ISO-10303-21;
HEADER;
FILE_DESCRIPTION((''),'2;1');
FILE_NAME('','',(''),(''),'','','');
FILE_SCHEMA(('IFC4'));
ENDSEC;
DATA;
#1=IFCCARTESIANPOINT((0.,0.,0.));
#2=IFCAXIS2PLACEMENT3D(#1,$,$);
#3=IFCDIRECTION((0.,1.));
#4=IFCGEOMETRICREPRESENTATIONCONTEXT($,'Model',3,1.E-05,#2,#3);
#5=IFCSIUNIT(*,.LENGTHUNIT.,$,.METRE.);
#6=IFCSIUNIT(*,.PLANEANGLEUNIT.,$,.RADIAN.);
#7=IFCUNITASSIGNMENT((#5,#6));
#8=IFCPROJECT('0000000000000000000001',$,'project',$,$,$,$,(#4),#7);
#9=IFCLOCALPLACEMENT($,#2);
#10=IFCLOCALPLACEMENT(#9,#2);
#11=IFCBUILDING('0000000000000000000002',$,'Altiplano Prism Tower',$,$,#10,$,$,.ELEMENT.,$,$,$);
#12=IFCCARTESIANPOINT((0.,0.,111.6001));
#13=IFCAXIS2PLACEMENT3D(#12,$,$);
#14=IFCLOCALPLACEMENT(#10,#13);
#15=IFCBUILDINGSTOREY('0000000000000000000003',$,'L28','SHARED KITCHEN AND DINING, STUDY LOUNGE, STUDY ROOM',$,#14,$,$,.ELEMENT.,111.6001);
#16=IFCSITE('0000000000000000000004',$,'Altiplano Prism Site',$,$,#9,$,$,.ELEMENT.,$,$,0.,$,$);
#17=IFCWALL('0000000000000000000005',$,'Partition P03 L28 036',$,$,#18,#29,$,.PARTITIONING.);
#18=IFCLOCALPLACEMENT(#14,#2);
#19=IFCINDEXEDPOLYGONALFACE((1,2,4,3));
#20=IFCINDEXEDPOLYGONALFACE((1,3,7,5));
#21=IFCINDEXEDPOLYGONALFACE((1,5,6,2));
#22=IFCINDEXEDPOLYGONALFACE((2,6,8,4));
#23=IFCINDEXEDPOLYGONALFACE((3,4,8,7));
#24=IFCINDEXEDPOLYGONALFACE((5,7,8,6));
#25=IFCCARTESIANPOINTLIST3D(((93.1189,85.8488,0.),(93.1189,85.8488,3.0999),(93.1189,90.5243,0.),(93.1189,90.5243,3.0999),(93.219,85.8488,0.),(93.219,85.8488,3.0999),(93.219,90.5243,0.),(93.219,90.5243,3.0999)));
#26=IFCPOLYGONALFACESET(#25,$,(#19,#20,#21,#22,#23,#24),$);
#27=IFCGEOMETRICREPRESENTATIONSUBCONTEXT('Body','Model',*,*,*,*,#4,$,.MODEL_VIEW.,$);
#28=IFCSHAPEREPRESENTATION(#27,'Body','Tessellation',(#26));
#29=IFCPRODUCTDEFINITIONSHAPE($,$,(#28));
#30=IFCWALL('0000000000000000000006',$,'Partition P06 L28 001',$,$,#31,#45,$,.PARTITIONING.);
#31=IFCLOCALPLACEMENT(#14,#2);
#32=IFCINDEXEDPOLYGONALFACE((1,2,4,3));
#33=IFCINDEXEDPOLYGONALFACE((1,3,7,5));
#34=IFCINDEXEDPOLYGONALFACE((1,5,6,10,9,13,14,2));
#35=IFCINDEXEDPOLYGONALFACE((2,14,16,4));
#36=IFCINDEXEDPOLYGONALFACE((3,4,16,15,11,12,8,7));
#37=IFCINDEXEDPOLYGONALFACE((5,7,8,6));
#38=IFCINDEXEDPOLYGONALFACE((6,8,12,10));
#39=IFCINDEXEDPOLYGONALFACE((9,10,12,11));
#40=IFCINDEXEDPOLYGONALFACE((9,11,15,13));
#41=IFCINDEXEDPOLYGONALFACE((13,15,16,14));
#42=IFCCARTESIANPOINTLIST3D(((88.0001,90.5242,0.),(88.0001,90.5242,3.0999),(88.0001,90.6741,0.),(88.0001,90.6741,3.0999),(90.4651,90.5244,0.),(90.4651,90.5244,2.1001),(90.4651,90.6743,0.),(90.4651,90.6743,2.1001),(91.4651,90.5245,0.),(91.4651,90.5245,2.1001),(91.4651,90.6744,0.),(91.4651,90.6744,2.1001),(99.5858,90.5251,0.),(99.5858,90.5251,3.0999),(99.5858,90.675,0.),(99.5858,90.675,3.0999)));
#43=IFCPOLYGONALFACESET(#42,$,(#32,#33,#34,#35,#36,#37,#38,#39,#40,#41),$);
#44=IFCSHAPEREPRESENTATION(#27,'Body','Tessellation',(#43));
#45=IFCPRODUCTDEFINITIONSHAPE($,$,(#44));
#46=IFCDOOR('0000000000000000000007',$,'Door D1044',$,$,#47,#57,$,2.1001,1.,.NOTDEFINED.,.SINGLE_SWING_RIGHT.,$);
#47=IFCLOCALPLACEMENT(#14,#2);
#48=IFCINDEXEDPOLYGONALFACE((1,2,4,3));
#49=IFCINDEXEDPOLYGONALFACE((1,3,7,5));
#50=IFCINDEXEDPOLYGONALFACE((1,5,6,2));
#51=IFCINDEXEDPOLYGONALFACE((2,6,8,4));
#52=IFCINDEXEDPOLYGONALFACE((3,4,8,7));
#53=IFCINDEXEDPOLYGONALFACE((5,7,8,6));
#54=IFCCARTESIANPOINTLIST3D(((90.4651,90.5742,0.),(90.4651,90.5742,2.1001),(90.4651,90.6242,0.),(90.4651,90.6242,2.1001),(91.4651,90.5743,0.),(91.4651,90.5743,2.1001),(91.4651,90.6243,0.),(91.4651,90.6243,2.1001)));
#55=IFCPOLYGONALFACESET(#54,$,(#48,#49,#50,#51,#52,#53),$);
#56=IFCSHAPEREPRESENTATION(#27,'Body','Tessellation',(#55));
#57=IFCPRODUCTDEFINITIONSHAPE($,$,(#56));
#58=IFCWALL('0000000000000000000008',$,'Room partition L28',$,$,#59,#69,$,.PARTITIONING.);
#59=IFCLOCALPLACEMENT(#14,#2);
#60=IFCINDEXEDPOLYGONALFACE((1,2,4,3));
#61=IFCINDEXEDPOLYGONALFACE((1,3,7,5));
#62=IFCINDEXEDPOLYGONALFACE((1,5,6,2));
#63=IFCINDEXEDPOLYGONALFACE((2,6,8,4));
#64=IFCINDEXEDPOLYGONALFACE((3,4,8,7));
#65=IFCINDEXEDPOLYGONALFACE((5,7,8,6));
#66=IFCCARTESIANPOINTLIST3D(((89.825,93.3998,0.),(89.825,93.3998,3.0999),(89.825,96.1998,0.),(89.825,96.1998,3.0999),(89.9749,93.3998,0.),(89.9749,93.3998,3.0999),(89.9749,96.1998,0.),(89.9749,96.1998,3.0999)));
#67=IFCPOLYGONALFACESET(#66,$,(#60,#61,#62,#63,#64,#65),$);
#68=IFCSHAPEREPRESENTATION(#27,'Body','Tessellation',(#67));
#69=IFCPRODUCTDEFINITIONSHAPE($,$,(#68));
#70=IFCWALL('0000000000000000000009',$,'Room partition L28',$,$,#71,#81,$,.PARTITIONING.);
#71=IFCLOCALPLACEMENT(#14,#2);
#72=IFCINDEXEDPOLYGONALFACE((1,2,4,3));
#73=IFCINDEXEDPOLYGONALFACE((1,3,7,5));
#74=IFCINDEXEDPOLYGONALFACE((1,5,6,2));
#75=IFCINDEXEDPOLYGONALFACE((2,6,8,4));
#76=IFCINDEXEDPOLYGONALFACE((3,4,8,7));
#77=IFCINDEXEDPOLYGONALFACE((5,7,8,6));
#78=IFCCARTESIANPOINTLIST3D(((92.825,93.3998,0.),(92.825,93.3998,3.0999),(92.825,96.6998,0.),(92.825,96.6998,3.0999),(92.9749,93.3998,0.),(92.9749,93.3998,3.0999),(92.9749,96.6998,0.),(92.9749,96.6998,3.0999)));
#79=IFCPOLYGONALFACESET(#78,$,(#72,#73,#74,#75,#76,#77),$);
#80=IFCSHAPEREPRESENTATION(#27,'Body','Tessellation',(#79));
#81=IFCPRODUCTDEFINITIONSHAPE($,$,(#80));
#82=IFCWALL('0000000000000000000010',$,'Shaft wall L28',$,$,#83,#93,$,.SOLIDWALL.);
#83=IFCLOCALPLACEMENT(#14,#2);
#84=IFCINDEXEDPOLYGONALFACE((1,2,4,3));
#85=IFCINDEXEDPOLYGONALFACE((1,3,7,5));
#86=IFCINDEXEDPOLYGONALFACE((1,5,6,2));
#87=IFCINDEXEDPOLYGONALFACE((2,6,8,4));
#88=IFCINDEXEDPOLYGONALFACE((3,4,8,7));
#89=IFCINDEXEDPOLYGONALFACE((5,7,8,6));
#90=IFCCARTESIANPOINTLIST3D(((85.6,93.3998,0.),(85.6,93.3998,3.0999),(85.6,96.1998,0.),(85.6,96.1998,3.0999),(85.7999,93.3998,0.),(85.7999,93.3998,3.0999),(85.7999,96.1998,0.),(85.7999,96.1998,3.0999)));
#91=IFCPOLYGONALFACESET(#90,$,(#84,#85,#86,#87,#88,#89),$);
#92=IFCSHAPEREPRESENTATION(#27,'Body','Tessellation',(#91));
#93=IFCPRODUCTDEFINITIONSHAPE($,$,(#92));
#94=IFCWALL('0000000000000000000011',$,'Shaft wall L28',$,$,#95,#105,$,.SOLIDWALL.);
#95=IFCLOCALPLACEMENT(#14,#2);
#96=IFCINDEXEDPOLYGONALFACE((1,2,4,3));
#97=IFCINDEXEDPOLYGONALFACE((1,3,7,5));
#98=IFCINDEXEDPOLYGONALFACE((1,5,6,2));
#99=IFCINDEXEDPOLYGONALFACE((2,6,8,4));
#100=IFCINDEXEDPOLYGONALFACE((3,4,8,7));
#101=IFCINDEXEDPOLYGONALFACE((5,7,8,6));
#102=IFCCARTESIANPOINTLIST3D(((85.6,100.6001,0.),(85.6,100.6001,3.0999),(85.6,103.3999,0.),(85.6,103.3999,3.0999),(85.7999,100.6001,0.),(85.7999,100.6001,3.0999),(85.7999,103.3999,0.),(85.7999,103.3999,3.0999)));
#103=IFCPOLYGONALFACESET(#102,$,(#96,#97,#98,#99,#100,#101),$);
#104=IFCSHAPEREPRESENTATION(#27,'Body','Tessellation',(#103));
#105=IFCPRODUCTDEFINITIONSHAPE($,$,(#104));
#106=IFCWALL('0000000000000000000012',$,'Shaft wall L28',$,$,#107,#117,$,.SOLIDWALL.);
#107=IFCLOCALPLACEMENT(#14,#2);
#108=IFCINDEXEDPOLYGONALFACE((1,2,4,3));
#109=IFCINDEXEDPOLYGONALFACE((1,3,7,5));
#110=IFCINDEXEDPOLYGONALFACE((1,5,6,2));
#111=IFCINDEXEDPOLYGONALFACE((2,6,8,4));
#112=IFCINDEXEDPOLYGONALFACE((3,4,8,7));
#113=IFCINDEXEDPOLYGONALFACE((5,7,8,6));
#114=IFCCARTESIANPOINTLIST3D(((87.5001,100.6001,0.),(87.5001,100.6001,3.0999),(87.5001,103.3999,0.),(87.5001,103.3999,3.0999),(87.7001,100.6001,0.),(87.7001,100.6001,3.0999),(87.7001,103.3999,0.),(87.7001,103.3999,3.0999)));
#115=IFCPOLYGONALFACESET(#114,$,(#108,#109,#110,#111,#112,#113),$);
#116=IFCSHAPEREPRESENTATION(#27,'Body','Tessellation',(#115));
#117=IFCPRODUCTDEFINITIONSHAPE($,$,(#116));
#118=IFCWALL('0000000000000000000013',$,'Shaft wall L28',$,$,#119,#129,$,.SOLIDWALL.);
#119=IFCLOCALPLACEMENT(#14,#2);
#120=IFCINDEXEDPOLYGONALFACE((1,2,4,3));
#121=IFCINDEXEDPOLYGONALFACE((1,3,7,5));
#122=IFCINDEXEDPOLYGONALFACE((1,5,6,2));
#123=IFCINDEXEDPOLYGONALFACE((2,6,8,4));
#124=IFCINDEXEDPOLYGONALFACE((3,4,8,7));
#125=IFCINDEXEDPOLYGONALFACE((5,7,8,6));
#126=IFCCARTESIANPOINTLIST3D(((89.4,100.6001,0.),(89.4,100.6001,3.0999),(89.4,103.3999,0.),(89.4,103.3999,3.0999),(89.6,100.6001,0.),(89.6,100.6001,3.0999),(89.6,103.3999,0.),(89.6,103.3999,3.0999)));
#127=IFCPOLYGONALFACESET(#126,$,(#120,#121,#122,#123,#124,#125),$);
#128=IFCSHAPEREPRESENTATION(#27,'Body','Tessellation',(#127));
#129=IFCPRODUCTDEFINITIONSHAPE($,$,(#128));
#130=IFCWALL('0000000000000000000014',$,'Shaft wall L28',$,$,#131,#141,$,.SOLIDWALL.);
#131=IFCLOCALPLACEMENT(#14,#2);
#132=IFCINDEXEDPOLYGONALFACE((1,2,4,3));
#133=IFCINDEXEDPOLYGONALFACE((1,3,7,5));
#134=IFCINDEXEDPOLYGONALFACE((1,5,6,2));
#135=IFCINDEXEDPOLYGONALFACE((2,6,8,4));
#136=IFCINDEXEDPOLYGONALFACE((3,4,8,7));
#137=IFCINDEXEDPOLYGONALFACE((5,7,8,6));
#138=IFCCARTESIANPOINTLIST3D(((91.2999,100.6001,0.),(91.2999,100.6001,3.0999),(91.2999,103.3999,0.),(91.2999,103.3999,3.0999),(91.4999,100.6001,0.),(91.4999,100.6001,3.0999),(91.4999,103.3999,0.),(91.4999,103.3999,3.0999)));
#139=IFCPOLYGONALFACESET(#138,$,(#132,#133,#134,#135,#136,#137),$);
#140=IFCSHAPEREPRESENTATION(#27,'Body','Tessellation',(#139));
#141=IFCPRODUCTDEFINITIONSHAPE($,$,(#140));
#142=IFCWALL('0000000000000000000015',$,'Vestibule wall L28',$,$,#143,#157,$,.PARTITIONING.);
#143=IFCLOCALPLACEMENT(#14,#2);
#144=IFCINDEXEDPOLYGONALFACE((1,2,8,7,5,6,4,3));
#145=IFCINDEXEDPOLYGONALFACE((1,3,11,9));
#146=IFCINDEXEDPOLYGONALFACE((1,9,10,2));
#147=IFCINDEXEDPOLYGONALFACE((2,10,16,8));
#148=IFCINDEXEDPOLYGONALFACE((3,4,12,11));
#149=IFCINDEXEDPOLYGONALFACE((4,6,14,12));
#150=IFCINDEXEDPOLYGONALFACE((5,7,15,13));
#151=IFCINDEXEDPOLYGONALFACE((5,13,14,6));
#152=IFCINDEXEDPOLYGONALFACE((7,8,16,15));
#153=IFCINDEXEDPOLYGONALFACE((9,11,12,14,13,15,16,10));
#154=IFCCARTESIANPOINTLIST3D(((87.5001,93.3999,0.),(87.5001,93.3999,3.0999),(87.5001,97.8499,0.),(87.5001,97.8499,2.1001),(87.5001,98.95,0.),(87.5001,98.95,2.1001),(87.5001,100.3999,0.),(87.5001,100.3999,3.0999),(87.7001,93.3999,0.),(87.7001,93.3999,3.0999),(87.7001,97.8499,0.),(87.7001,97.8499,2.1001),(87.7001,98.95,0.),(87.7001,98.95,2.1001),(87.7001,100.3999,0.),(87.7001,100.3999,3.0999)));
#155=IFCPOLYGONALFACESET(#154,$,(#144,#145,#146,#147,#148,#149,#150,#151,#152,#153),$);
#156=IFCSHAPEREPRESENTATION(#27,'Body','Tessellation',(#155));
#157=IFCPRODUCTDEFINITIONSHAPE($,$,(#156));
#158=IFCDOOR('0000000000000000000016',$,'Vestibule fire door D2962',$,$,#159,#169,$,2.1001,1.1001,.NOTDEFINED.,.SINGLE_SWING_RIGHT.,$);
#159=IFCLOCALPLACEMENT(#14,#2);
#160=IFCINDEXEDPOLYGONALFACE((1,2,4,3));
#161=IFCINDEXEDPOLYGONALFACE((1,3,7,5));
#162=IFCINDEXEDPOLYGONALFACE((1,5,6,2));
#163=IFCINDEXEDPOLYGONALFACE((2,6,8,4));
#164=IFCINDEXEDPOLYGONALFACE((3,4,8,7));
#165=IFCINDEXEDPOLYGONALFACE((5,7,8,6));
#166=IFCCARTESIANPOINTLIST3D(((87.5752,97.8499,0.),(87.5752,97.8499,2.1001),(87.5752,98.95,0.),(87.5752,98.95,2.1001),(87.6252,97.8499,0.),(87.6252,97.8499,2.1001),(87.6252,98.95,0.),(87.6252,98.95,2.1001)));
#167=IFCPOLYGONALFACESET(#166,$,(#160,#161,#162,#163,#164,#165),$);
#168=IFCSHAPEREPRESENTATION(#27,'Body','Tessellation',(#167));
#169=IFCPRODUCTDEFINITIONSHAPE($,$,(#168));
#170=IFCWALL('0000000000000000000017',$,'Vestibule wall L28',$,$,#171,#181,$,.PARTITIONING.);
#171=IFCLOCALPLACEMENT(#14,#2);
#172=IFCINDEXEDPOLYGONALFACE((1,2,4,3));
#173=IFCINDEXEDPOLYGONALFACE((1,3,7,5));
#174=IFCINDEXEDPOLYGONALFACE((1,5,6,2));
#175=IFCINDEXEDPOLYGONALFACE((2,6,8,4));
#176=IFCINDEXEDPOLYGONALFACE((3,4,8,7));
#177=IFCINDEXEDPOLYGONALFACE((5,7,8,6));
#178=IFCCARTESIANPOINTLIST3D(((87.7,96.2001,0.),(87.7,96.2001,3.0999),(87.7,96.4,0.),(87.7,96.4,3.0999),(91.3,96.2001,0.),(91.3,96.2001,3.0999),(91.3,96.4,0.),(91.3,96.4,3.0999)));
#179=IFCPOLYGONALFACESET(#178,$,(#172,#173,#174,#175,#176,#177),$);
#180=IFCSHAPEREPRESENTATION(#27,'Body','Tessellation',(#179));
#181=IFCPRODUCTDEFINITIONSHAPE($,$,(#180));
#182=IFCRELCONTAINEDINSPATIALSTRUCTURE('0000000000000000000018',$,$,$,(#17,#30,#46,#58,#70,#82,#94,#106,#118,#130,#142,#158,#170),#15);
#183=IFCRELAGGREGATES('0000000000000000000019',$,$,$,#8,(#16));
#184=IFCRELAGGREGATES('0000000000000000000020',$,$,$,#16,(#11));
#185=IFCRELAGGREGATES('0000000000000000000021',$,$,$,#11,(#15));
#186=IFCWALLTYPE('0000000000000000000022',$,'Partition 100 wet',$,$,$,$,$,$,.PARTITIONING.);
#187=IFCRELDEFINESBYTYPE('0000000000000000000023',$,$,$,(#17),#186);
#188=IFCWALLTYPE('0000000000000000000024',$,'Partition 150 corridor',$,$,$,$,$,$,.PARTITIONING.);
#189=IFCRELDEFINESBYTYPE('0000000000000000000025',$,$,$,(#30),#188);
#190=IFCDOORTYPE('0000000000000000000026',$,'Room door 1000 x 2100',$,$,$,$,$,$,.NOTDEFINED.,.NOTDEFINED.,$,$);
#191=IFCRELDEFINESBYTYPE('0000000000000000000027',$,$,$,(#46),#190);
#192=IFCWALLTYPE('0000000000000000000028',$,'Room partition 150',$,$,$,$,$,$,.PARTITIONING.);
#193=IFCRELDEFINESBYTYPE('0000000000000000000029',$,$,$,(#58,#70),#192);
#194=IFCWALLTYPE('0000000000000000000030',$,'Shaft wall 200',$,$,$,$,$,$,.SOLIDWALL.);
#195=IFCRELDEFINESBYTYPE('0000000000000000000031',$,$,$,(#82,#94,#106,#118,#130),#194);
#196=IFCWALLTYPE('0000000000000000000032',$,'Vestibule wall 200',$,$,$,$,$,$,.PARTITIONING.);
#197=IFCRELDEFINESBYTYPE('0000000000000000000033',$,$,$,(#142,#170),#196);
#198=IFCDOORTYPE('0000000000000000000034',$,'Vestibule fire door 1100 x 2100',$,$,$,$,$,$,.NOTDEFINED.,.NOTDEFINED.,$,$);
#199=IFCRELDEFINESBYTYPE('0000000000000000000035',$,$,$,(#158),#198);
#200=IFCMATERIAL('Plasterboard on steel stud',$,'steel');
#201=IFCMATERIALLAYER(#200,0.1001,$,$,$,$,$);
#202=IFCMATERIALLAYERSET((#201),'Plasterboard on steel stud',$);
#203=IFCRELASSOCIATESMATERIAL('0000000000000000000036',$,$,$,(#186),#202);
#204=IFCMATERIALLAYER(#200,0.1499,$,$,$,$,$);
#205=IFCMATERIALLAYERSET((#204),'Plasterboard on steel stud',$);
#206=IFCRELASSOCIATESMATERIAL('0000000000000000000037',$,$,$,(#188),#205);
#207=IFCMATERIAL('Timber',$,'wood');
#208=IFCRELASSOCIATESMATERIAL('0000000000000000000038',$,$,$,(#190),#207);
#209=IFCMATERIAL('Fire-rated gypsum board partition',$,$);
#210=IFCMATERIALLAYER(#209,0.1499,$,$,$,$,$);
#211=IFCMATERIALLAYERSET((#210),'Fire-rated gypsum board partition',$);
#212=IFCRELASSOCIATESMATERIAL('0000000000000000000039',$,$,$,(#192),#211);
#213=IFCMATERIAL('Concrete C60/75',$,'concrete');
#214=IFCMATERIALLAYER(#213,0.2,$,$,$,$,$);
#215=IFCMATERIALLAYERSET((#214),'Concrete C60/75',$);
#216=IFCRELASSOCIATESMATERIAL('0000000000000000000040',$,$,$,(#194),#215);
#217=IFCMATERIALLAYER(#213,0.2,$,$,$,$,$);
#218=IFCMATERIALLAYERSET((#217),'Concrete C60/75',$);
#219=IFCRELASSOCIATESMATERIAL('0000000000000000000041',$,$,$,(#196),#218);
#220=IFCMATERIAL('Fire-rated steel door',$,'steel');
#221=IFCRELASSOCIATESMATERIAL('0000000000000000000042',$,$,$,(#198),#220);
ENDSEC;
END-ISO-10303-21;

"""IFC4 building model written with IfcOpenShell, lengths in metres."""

from ifc_helpers import new_model, si_unit, direction, frame, frame_2d, origin, place, context, subcontext, project, spatial, rectangle, extrude, material, layer, layer_set, type_object, element, fill, save


model = new_model("IFC4")

# Units and contexts
model_context = context("Model", 3, precision=1e-05, world=origin(), true_north=direction((0.0, 1.0)))
body_context = subcontext(model_context, "Body", "Model", "MODEL_VIEW")
ifc_project = project(units=[si_unit("LENGTHUNIT", "METRE"), si_unit("PLANEANGLEUNIT", "RADIAN")], contexts=[model_context])

# Site, building, storey
site_placement = place(None, origin())
site = spatial("IfcSite", under=ifc_project, at=site_placement, Name="Altiplano Prism Site", CompositionType="ELEMENT", RefElevation=0.0)
building_placement = place(site_placement, origin())
building = spatial("IfcBuilding", under=site, at=building_placement, Name="Altiplano Prism Tower", CompositionType="ELEMENT")
storey_placement = place(building_placement, frame((0.0, 0.0, 111.6001)))
storey = spatial("IfcBuildingStorey", under=building, at=storey_placement, Name="L28", Description="SHARED KITCHEN AND DINING, STUDY LOUNGE, STUDY ROOM", CompositionType="ELEMENT", Elevation=111.6001)

# Wall
ifc_material_1 = material(Name="Plasterboard on steel stud", Category="steel")
ifc_layer_1 = layer(ifc_material_1, 0.1001)
ifc_layer_set_1 = layer_set([ifc_layer_1], Name="Plasterboard on steel stud")
wall_type_1 = type_object("IfcWallType", Name="Partition 100 wet", PredefinedType="PARTITIONING", material=ifc_layer_set_1)
wall_1_placement = place(storey_placement, frame((93.1689, 90.5244, 0.0), z_axis=(0.0, 0.0, 1.0), x_axis=(0.0, -1.0, 0.0)))
element("IfcWall", 1, at=wall_1_placement, inside=storey, type_object=wall_type_1, Name="Partition P03 L28 036", PredefinedType="PARTITIONING", context=body_context, shape_type="SweptSolid", body=[
    extrude(rectangle(XDim=4.6755, YDim=0.1001, at=frame_2d((2.3379, 0.0))), origin(), (0.0, 0.0, 1.0), 3.0999),
])

# Wall, opening, door
ifc_layer_2 = layer(ifc_material_1, 0.1499)
ifc_layer_set_2 = layer_set([ifc_layer_2], Name="Plasterboard on steel stud")
wall_type_2 = type_object("IfcWallType", Name="Partition 150 corridor", PredefinedType="PARTITIONING", material=ifc_layer_set_2)
wall_2_placement = place(storey_placement, frame((88.0, 90.5991, 0.0), z_axis=(0.0, 0.0, 1.0), x_axis=(1.0, 0.000084, 0.0)))
wall_2 = element("IfcWall", 2, at=wall_2_placement, inside=storey, type_object=wall_type_2, Name="Partition P06 L28 001", PredefinedType="PARTITIONING", context=body_context, shape_type="SweptSolid", body=[
    extrude(rectangle(XDim=11.5857, YDim=0.1499, at=frame_2d((5.793, 0.0))), origin(), (0.0, 0.0, 1.0), 3.0999),
])
opening_1_placement = place(wall_2_placement, frame((2.4651, 0.0, 0.0)))
opening_1 = element("IfcOpeningElement", 3, at=opening_1_placement, cuts=wall_2, PredefinedType="OPENING", context=body_context, shape_type="SweptSolid", body=[
    extrude(rectangle(XDim=1.0, YDim=2.1001, at=frame_2d((0.5, 1.05))), frame((0.0, 0.0854, 0.0), z_axis=(0.0, -1.0, 0.0), x_axis=(1.0, 0.0, 0.0)), (0.0, 0.0, 1.0), 0.1709),
])
ifc_material_2 = material(Name="Timber", Category="wood")
door_type_1 = type_object("IfcDoorType", Name="Room door 1000 x 2100", OperationType="NOTDEFINED", PredefinedType="NOTDEFINED", material=ifc_material_2)
door_1_placement = place(opening_1_placement, origin())
door_1 = element("IfcDoor", 4, at=door_1_placement, inside=storey, type_object=door_type_1, Name="Door D1044", OperationType="SINGLE_SWING_RIGHT", OverallHeight=2.1001, OverallWidth=1.0, PredefinedType="NOTDEFINED", context=body_context, shape_type="SweptSolid", body=[
    extrude(rectangle(XDim=1.0, YDim=2.1001, at=frame_2d((0.5, 1.05))), frame((0.0, 0.0249, 0.0), z_axis=(0.0, -1.0, 0.0), x_axis=(1.0, 0.0, 0.0)), (0.0, 0.0, 1.0), 0.05),
])
fill(opening_1, door_1)

# Walls
ifc_material_3 = material(Name="Fire-rated gypsum board partition")
ifc_layer_3 = layer(ifc_material_3, 0.1499)
ifc_layer_set_3 = layer_set([ifc_layer_3], Name="Fire-rated gypsum board partition")
wall_type_3 = type_object("IfcWallType", Name="Room partition 150", PredefinedType="PARTITIONING", material=ifc_layer_set_3)
wall_3_placement = place(storey_placement, frame((89.8999, 93.3999, 0.0), z_axis=(0.0, 0.0, 1.0), x_axis=(0.0, 1.0, 0.0)))
element("IfcWall", 5, at=wall_3_placement, inside=storey, type_object=wall_type_3, Name="Room partition L28", PredefinedType="PARTITIONING", context=body_context, shape_type="SweptSolid", body=[
    extrude(rectangle(XDim=2.8, YDim=0.1499, at=frame_2d((1.3999, 0.0))), origin(), (0.0, 0.0, 1.0), 3.0999),
])
wall_4_placement = place(storey_placement, frame((92.8999, 93.3999, 0.0), z_axis=(0.0, 0.0, 1.0), x_axis=(0.0, 1.0, 0.0)))
element("IfcWall", 6, at=wall_4_placement, inside=storey, type_object=wall_type_3, Name="Room partition L28", PredefinedType="PARTITIONING", context=body_context, shape_type="SweptSolid", body=[
    extrude(rectangle(XDim=3.3, YDim=0.1499, at=frame_2d((1.6499, 0.0))), origin(), (0.0, 0.0, 1.0), 3.0999),
])
ifc_material_4 = material(Name="Concrete C60/75", Category="concrete")
ifc_layer_4 = layer(ifc_material_4, 0.2)
ifc_layer_set_4 = layer_set([ifc_layer_4], Name="Concrete C60/75")
wall_type_4 = type_object("IfcWallType", Name="Shaft wall 200", PredefinedType="SOLIDWALL", material=ifc_layer_set_4)
wall_5_placement = place(storey_placement, frame((85.7, 93.3999, 0.0), z_axis=(0.0, 0.0, 1.0), x_axis=(0.0, 1.0, 0.0)))
element("IfcWall", 7, at=wall_5_placement, inside=storey, type_object=wall_type_4, Name="Shaft wall L28", PredefinedType="SOLIDWALL", context=body_context, shape_type="SweptSolid", body=[
    extrude(rectangle(XDim=2.8, YDim=0.2, at=frame_2d((1.3999, 0.0))), origin(), (0.0, 0.0, 1.0), 3.0999),
])
for number, where, z_axis, x_axis, name in (
    (8, (85.7, 100.6001, 0.0), (0.0, 0.0, 1.0), (0.0, 1.0, 0.0), "Shaft wall L28"),
    (9, (87.6001, 100.6001, 0.0), (0.0, 0.0, 1.0), (0.0, 1.0, 0.0), "Shaft wall L28"),
    (10, (89.5, 100.6001, 0.0), (0.0, 0.0, 1.0), (0.0, 1.0, 0.0), "Shaft wall L28"),
    (11, (91.3999, 100.6001, 0.0), (0.0, 0.0, 1.0), (0.0, 1.0, 0.0), "Shaft wall L28"),
):
    element("IfcWall", number, at=place(storey_placement, frame(where, z_axis=z_axis, x_axis=x_axis)), inside=storey, type_object=wall_type_4, Name=name, PredefinedType="SOLIDWALL", context=body_context, shape_type="SweptSolid", body=[
        extrude(rectangle(XDim=2.7998, YDim=0.2, at=frame_2d((1.3999, 0.0))), origin(), (0.0, 0.0, 1.0), 3.0999),
    ])

# Wall, opening, door
ifc_layer_5 = layer(ifc_material_4, 0.2)
ifc_layer_set_5 = layer_set([ifc_layer_5], Name="Concrete C60/75")
wall_type_5 = type_object("IfcWallType", Name="Vestibule wall 200", PredefinedType="PARTITIONING", material=ifc_layer_set_5)
wall_6_placement = place(storey_placement, frame((87.6001, 93.3999, 0.0), z_axis=(0.0, 0.0, 1.0), x_axis=(0.0, 1.0, 0.0)))
wall_6 = element("IfcWall", 12, at=wall_6_placement, inside=storey, type_object=wall_type_5, Name="Vestibule wall L28", PredefinedType="PARTITIONING", context=body_context, shape_type="SweptSolid", body=[
    extrude(rectangle(XDim=7.0, YDim=0.2, at=frame_2d((3.5, 0.0))), origin(), (0.0, 0.0, 1.0), 3.0999),
])
opening_2_placement = place(wall_6_placement, frame((4.45, 0.0, 0.0)))
opening_2 = element("IfcOpeningElement", 13, at=opening_2_placement, cuts=wall_6, PredefinedType="OPENING", context=body_context, shape_type="SweptSolid", body=[
    extrude(rectangle(XDim=1.1001, YDim=2.1001, at=frame_2d((0.55, 1.05))), frame((0.0, 0.1104, 0.0), z_axis=(0.0, -1.0, 0.0), x_axis=(1.0, 0.0, 0.0)), (0.0, 0.0, 1.0), 0.2209),
])
ifc_material_5 = material(Name="Fire-rated steel door", Category="steel")
door_type_2 = type_object("IfcDoorType", Name="Vestibule fire door 1100 x 2100", OperationType="NOTDEFINED", PredefinedType="NOTDEFINED", material=ifc_material_5)
door_2_placement = place(opening_2_placement, origin())
door_2 = element("IfcDoor", 14, at=door_2_placement, inside=storey, type_object=door_type_2, Name="Vestibule fire door D2962", OperationType="SINGLE_SWING_RIGHT", OverallHeight=2.1001, OverallWidth=1.1001, PredefinedType="NOTDEFINED", context=body_context, shape_type="SweptSolid", body=[
    extrude(rectangle(XDim=1.1001, YDim=2.1001, at=frame_2d((0.55, 1.05))), frame((0.0, 0.0249, 0.0), z_axis=(0.0, -1.0, 0.0), x_axis=(1.0, 0.0, 0.0)), (0.0, 0.0, 1.0), 0.05),
])
fill(opening_2, door_2)

# Wall
wall_7_placement = place(storey_placement, frame((87.7, 96.3, 0.0), z_axis=(0.0, 0.0, 1.0), x_axis=(1.0, 0.0, 0.0)))
element("IfcWall", 15, at=wall_7_placement, inside=storey, type_object=wall_type_5, Name="Vestibule wall L28", PredefinedType="PARTITIONING", context=body_context, shape_type="SweptSolid", body=[
    extrude(rectangle(XDim=3.6001, YDim=0.2, at=frame_2d((1.8, 0.0))), origin(), (0.0, 0.0, 1.0), 3.0999),
])

save(model, "model.ifc")
